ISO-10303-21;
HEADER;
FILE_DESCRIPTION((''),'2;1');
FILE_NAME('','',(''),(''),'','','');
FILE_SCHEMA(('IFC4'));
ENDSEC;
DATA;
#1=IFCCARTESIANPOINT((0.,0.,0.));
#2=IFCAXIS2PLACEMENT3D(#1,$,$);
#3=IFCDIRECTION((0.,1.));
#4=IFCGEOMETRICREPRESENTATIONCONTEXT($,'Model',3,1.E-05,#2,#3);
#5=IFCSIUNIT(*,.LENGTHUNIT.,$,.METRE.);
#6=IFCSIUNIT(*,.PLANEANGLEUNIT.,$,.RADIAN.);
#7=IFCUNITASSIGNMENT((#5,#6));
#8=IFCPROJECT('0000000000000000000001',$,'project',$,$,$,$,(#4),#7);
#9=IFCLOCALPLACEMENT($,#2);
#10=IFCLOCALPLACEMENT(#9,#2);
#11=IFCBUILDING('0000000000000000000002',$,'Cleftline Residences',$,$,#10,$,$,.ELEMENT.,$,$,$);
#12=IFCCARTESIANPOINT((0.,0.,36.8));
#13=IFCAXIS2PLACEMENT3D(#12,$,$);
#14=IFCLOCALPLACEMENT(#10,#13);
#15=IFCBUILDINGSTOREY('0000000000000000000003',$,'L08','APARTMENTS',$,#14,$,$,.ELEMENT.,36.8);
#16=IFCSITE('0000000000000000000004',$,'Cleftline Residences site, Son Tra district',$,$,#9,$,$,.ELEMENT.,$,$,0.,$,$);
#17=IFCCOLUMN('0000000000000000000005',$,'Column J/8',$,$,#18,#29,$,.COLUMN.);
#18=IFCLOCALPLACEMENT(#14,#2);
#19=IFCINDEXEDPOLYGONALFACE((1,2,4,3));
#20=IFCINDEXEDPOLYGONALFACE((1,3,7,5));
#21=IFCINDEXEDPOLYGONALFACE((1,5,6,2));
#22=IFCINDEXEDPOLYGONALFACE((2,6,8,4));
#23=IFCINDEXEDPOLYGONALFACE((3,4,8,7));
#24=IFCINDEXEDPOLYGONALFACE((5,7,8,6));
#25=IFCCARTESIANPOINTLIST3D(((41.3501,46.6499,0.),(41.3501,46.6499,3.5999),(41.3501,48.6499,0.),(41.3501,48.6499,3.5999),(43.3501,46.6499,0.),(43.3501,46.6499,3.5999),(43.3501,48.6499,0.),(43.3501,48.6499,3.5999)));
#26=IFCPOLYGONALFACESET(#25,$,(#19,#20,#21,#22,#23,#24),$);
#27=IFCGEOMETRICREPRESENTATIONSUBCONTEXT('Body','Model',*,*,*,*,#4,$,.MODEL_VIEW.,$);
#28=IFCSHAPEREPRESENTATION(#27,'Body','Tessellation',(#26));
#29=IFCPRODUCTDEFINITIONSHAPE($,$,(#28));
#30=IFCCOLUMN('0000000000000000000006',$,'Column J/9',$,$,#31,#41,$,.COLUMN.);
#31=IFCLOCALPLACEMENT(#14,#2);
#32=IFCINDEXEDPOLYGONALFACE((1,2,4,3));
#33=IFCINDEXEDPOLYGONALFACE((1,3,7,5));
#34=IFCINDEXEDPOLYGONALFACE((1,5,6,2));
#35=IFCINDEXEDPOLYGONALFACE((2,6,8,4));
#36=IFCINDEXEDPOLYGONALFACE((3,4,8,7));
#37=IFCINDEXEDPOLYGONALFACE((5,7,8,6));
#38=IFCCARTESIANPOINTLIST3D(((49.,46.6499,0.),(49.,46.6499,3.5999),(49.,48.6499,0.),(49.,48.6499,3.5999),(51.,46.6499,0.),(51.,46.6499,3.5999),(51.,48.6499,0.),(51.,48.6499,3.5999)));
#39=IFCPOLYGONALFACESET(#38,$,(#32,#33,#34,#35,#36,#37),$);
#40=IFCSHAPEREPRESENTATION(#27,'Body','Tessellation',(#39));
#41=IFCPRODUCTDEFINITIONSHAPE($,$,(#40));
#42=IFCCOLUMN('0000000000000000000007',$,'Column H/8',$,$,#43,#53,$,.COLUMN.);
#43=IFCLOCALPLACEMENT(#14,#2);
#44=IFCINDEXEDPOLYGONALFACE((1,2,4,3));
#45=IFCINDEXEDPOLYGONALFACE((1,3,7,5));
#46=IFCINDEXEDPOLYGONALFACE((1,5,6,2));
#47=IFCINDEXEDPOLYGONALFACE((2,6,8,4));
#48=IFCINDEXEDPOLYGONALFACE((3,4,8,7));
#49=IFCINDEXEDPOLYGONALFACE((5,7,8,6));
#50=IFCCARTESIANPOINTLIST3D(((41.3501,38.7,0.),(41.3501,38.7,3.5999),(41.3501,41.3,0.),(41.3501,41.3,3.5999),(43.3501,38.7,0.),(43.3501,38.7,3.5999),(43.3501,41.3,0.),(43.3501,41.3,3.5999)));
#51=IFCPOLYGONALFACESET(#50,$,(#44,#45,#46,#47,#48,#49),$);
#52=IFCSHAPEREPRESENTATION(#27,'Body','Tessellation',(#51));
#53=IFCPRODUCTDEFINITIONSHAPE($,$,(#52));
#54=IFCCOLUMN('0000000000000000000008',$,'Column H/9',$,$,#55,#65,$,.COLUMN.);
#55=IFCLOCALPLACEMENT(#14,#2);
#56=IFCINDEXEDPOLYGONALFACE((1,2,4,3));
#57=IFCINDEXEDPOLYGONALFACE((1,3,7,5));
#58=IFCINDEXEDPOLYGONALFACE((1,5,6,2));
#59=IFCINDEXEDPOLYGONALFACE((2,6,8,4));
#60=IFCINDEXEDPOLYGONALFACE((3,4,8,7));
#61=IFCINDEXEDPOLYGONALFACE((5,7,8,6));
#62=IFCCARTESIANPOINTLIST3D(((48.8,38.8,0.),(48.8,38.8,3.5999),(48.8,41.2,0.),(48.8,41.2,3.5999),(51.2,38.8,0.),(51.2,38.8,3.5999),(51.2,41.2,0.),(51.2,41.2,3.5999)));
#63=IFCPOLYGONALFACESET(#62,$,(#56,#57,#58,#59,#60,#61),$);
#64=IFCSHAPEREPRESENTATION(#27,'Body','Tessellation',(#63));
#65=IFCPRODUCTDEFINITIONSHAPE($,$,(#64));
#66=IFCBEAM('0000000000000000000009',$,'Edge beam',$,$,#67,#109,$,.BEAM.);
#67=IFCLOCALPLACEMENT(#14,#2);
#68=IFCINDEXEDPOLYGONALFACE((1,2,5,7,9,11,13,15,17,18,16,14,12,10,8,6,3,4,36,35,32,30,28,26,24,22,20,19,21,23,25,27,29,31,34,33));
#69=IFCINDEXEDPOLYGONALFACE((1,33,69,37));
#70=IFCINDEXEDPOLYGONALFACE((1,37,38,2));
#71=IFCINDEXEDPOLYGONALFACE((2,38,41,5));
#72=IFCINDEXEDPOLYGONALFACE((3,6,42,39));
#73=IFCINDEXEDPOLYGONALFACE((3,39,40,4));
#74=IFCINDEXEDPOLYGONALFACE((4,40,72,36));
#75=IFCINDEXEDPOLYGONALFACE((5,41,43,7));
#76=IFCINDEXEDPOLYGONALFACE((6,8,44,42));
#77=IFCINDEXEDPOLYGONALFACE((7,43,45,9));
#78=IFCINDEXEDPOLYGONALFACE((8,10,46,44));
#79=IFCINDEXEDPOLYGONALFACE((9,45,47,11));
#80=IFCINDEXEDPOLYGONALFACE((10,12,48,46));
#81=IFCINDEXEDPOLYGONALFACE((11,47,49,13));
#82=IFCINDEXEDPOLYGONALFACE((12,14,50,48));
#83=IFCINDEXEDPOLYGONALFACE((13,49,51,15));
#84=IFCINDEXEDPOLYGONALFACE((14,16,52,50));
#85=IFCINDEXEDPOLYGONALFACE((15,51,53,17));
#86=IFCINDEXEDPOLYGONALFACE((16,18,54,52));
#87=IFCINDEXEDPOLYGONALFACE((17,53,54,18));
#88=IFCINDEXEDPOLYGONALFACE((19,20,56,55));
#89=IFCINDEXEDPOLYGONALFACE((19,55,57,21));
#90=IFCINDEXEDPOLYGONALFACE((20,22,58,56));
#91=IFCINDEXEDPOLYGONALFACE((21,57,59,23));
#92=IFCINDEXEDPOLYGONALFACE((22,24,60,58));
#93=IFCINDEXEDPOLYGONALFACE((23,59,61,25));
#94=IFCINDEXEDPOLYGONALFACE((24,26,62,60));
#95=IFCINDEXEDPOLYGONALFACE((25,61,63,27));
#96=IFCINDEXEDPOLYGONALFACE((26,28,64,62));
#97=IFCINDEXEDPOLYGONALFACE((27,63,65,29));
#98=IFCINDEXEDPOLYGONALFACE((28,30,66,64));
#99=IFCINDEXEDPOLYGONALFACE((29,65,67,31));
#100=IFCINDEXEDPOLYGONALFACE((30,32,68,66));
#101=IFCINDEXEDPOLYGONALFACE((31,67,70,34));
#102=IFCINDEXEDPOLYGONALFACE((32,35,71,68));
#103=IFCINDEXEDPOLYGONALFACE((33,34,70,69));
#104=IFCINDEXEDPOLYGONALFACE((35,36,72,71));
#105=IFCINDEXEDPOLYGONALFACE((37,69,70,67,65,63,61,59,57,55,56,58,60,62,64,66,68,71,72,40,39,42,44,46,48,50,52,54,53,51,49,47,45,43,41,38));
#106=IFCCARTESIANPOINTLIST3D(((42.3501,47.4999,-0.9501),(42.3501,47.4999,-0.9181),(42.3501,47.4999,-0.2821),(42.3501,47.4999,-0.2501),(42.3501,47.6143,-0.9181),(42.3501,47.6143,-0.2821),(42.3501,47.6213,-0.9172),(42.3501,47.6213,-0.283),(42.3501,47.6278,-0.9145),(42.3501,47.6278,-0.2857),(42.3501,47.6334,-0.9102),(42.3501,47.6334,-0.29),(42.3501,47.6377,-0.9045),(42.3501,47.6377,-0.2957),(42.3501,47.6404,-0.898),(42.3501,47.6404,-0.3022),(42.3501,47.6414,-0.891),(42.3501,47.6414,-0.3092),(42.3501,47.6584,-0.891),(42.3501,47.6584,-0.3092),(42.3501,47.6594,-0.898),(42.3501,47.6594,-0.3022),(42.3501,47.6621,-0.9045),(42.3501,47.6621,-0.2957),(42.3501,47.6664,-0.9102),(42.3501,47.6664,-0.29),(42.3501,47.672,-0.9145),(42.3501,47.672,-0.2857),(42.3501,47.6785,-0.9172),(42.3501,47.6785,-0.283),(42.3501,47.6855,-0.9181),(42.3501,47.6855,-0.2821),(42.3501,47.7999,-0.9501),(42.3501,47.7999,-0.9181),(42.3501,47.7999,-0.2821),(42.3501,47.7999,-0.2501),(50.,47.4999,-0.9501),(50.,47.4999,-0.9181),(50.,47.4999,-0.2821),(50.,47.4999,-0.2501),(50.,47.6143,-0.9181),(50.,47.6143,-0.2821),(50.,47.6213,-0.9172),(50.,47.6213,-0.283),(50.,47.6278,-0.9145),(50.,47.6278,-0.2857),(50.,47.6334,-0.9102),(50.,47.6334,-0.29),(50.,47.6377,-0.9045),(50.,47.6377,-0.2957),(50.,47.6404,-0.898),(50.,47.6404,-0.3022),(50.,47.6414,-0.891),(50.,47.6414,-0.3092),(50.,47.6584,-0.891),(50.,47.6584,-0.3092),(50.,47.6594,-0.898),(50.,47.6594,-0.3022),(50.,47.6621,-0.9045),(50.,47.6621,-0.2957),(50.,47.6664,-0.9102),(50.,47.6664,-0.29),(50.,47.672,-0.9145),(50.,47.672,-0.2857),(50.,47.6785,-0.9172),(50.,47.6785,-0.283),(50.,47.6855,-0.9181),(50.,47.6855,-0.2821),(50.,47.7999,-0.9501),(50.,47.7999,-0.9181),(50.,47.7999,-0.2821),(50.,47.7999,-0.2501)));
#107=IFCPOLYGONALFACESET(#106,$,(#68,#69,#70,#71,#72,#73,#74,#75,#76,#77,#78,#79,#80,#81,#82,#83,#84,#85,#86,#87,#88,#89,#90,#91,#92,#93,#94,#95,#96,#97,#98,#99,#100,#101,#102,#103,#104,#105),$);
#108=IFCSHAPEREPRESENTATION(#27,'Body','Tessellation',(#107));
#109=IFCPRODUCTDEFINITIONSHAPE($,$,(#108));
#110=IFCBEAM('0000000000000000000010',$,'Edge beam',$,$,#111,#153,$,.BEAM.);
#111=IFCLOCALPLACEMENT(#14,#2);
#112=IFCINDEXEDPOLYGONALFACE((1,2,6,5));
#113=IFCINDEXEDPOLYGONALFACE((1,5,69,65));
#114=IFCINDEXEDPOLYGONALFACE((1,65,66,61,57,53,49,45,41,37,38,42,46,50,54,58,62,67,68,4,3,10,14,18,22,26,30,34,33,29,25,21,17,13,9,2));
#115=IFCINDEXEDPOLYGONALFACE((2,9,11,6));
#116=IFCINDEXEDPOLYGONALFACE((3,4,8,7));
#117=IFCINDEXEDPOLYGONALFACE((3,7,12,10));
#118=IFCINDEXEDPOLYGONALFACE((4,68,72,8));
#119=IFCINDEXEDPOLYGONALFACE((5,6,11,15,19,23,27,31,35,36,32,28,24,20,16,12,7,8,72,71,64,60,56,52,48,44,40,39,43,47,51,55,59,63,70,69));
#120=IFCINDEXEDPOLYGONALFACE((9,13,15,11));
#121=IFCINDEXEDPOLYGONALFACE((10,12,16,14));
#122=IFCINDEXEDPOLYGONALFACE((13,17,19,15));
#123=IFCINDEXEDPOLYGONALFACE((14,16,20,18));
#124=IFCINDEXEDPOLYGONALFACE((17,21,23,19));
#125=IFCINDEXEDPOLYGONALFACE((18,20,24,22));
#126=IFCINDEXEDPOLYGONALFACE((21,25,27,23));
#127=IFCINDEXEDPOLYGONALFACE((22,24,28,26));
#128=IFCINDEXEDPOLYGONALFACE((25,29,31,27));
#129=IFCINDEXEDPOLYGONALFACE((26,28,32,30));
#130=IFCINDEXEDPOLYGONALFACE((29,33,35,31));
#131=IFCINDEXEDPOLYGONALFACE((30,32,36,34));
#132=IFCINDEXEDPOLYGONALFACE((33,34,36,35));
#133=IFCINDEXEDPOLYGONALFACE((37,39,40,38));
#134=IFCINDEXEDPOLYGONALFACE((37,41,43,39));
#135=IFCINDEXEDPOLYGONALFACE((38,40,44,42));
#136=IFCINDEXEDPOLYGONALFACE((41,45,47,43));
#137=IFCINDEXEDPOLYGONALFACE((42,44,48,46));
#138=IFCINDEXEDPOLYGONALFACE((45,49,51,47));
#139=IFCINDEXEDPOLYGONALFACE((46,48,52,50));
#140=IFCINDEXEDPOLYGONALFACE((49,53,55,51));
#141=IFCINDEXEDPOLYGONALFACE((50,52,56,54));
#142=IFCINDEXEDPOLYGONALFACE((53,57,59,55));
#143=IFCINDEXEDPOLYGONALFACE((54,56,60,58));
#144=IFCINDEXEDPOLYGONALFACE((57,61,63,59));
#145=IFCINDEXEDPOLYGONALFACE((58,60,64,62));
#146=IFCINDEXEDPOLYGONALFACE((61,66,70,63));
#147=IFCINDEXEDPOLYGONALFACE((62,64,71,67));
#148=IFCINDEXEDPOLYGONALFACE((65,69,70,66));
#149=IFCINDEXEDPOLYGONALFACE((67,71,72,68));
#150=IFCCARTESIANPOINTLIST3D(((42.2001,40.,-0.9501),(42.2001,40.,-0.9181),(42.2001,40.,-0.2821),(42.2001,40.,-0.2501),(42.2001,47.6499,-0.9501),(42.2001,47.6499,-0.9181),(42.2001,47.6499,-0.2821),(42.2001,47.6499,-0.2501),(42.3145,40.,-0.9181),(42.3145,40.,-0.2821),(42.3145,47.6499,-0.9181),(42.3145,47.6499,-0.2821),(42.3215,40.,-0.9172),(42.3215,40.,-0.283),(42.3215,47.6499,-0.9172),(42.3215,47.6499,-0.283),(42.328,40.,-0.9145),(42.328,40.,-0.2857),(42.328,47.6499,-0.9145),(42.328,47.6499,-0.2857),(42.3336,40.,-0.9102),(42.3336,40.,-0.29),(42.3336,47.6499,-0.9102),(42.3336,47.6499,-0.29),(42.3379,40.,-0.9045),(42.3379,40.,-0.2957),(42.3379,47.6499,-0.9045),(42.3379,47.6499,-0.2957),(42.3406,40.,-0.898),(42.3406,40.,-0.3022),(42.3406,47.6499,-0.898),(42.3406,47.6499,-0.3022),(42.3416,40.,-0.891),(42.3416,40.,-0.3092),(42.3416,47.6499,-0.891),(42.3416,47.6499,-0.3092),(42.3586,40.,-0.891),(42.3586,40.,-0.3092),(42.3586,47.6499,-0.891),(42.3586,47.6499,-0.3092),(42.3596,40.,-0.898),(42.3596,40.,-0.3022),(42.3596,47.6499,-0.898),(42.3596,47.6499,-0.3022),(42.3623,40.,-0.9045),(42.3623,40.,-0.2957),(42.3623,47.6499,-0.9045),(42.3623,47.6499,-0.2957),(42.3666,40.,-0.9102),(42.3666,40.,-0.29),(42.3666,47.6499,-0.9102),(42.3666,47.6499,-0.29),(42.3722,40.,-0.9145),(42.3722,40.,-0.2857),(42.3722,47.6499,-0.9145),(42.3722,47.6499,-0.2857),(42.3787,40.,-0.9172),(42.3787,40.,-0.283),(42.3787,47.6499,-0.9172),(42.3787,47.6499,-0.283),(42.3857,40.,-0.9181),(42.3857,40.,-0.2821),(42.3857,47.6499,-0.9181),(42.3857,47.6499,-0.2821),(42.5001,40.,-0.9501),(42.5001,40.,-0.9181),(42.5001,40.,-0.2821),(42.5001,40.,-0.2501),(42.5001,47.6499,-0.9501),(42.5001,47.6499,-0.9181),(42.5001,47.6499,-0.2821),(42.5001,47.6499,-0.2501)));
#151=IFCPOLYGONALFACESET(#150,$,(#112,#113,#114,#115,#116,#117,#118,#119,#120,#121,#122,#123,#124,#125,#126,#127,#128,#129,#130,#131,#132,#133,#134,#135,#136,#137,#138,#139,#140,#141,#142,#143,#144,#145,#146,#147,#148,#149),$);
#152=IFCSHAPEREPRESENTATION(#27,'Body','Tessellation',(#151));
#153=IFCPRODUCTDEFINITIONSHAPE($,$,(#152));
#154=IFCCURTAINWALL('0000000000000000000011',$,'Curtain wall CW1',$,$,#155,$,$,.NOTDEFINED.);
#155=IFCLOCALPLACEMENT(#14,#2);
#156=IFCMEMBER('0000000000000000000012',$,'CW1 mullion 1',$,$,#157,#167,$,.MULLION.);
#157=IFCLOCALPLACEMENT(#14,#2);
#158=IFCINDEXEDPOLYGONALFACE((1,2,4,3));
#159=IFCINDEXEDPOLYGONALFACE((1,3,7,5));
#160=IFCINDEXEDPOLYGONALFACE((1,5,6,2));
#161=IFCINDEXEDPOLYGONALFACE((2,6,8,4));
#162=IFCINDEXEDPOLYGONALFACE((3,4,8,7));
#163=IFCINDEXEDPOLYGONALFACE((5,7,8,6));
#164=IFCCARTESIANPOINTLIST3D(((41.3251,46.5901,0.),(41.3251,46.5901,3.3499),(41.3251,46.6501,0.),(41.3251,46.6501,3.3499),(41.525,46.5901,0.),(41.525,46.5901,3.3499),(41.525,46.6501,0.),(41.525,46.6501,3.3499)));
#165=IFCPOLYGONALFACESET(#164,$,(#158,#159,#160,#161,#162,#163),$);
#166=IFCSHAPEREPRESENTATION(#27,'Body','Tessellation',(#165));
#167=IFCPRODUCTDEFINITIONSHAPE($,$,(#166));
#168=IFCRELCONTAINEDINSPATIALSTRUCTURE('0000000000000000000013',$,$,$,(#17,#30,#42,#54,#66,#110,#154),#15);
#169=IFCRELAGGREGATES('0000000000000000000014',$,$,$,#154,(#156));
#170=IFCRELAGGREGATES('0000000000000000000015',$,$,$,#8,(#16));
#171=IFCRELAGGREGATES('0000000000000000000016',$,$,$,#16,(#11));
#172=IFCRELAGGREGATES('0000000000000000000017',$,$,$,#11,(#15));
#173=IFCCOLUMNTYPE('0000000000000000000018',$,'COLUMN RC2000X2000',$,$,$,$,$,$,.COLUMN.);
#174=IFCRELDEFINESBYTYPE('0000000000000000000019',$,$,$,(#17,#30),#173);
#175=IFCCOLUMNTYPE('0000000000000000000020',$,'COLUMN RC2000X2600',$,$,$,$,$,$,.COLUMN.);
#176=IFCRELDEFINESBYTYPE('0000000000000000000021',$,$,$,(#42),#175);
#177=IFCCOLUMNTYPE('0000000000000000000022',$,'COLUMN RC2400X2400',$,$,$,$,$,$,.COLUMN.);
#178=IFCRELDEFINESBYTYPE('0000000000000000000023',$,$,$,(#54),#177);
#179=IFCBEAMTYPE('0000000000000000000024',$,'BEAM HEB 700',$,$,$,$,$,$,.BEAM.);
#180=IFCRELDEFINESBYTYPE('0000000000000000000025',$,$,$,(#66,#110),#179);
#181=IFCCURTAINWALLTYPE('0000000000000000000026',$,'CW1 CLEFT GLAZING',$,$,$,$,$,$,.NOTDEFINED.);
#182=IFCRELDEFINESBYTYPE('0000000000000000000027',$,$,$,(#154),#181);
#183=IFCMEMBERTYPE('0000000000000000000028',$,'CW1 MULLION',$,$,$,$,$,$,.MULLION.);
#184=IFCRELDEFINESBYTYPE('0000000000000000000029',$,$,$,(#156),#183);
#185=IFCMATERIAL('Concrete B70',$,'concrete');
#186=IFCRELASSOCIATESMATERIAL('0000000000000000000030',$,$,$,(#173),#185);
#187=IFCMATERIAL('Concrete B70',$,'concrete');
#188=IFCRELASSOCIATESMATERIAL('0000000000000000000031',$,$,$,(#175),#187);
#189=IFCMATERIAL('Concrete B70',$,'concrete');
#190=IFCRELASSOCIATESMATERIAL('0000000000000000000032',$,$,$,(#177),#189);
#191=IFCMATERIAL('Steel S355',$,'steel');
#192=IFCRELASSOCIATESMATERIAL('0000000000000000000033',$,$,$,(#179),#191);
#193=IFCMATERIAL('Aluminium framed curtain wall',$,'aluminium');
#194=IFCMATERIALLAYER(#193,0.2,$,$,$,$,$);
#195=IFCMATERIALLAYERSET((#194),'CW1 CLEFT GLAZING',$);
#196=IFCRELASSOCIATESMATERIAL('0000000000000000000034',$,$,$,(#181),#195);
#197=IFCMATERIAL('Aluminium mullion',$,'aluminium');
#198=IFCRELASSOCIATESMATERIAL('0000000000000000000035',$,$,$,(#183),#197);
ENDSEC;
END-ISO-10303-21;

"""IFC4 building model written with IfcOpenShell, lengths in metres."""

from ifc_helpers import new_model, si_unit, direction, frame, origin, origin_2d, place, context, subcontext, project, spatial, rectangle, i_section, extrude, material, layer, layer_set, material_profile, profile_set, type_object, element, aggregate, save


model = new_model("IFC4")

# Units and contexts
model_context = context("Model", 3, precision=1e-05, world=origin(), true_north=direction((0.0, 1.0)))
body_context = subcontext(model_context, "Body", "Model", "MODEL_VIEW")
ifc_project = project(units=[si_unit("LENGTHUNIT", "METRE"), si_unit("PLANEANGLEUNIT", "RADIAN")], contexts=[model_context])

# Site, building, storey
site_placement = place(None, origin())
site = spatial("IfcSite", under=ifc_project, at=site_placement, Name="Cleftline Residences site, Son Tra district", CompositionType="ELEMENT", RefElevation=0.0)
building_placement = place(site_placement, origin())
building = spatial("IfcBuilding", under=site, at=building_placement, Name="Cleftline Residences", CompositionType="ELEMENT")
storey_placement = place(building_placement, frame((0.0, 0.0, 36.8)))
storey = spatial("IfcBuildingStorey", under=building, at=storey_placement, Name="L08", Description="APARTMENTS", CompositionType="ELEMENT", Elevation=36.8)

# Columns
ifc_material_1 = material(Name="Concrete B70", Category="concrete")
ifc_material_profile_1 = material_profile(ifc_material_1, rectangle(XDim=2.0, YDim=2.0, at=origin_2d()))
ifc_profile_set_1 = profile_set([ifc_material_profile_1], Name="Concrete B70")
column_type_1 = type_object("IfcColumnType", Name="COLUMN RC2000X2000", PredefinedType="COLUMN", material=ifc_profile_set_1)
for number, where, z_axis, x_axis, name in (
    (1, (42.3501, 47.6499, 0.0), (0.0, 0.0, 1.0), (1.0, 0.0, 0.0), "Column J/8"),
    (2, (50.0, 47.6499, 0.0), (0.0, 0.0, 1.0), (1.0, 0.0, 0.0), "Column J/9"),
):
    element("IfcColumn", number, at=place(storey_placement, frame(where, z_axis=z_axis, x_axis=x_axis)), inside=storey, type_object=column_type_1, Name=name, PredefinedType="COLUMN", context=body_context, shape_type="SweptSolid", body=[
        extrude(rectangle(XDim=2.0, YDim=2.0, at=origin_2d()), origin(), (0.0, 0.0, 1.0), 3.5999),
    ])
ifc_material_2 = material(Name="Concrete B70", Category="concrete")
ifc_material_profile_2 = material_profile(ifc_material_2, rectangle(XDim=2.0, YDim=2.6001, at=origin_2d()))
ifc_profile_set_2 = profile_set([ifc_material_profile_2], Name="Concrete B70")
column_type_2 = type_object("IfcColumnType", Name="COLUMN RC2000X2600", PredefinedType="COLUMN", material=ifc_profile_set_2)
column_1_placement = place(storey_placement, frame((42.3501, 40.0, 0.0), z_axis=(0.0, 0.0, 1.0), x_axis=(1.0, 0.0, 0.0)))
element("IfcColumn", 3, at=column_1_placement, inside=storey, type_object=column_type_2, Name="Column H/8", PredefinedType="COLUMN", context=body_context, shape_type="SweptSolid", body=[
    extrude(rectangle(XDim=2.0, YDim=2.6001, at=origin_2d()), origin(), (0.0, 0.0, 1.0), 3.5999),
])
ifc_material_3 = material(Name="Concrete B70", Category="concrete")
ifc_material_profile_3 = material_profile(ifc_material_3, rectangle(XDim=2.3999, YDim=2.3999, at=origin_2d()))
ifc_profile_set_3 = profile_set([ifc_material_profile_3], Name="Concrete B70")
column_type_3 = type_object("IfcColumnType", Name="COLUMN RC2400X2400", PredefinedType="COLUMN", material=ifc_profile_set_3)
column_2_placement = place(storey_placement, frame((50.0, 40.0, 0.0), z_axis=(0.0, 0.0, 1.0), x_axis=(1.0, 0.0, 0.0)))
element("IfcColumn", 4, at=column_2_placement, inside=storey, type_object=column_type_3, Name="Column H/9", PredefinedType="COLUMN", context=body_context, shape_type="SweptSolid", body=[
    extrude(rectangle(XDim=2.3999, YDim=2.3999, at=origin_2d()), origin(), (0.0, 0.0, 1.0), 3.5999),
])

# Beams
ifc_material_4 = material(Name="Steel S355", Category="steel")
ifc_material_profile_4 = material_profile(ifc_material_4, i_section(OverallWidth=0.3, OverallDepth=0.7, WebThickness=0.0171, FlangeThickness=0.032, FilletRadius=0.0271, at=origin_2d()))
ifc_profile_set_4 = profile_set([ifc_material_profile_4], Name="Steel S355")
beam_type = type_object("IfcBeamType", Name="BEAM HEB 700", PredefinedType="BEAM", material=ifc_profile_set_4)
for number, where, z_axis, x_axis, name in (
    (5, (50.0, 47.6499, -0.6001), (-1.0, 0.0, 0.0), (0.0, -1.0, 0.0), "Edge beam"),
    (6, (42.3501, 47.6499, -0.6001), (0.0, -1.0, 0.0), (1.0, 0.0, 0.0), "Edge beam"),
):
    element("IfcBeam", number, at=place(storey_placement, frame(where, z_axis=z_axis, x_axis=x_axis)), inside=storey, type_object=beam_type, Name=name, PredefinedType="BEAM", context=body_context, shape_type="SweptSolid", body=[
        extrude(i_section(OverallWidth=0.3, OverallDepth=0.7, WebThickness=0.0171, FlangeThickness=0.032, FilletRadius=0.0271, at=origin_2d()), origin(), (0.0, 0.0, 1.0), 7.6499),
    ])

# Curtain wall, member
ifc_material_5 = material(Name="Aluminium framed curtain wall", Category="aluminium")
ifc_layer_1 = layer(ifc_material_5, 0.2)
ifc_layer_set_1 = layer_set([ifc_layer_1], Name="CW1 CLEFT GLAZING")
curtain_wall_type = type_object("IfcCurtainWallType", Name="CW1 CLEFT GLAZING", PredefinedType="NOTDEFINED", material=ifc_layer_set_1)
curtain_wall_placement = place(storey_placement, origin())
curtain_wall = element("IfcCurtainWall", 7, at=curtain_wall_placement, inside=storey, type_object=curtain_wall_type, Name="Curtain wall CW1", PredefinedType="NOTDEFINED")
ifc_material_6 = material(Name="Aluminium mullion", Category="aluminium")
ifc_material_profile_5 = material_profile(ifc_material_6, rectangle(XDim=0.2, YDim=0.0601, at=origin_2d()))
ifc_profile_set_5 = profile_set([ifc_material_profile_5], Name="Aluminium mullion")
member_type = type_object("IfcMemberType", Name="CW1 MULLION", PredefinedType="MULLION", material=ifc_profile_set_5)
member_placement = place(storey_placement, frame((41.425, 46.6201, 0.0), z_axis=(0.0, 0.0, 1.0), x_axis=(1.0, 0.0, 0.0)))
member = element("IfcMember", 8, at=member_placement, type_object=member_type, Name="CW1 mullion 1", PredefinedType="MULLION", context=body_context, shape_type="SweptSolid", body=[
    extrude(rectangle(XDim=0.2, YDim=0.0601, at=origin_2d()), origin(), (0.0, 0.0, 1.0), 3.3499),
])
aggregate(curtain_wall, [member])

save(model, "model.ifc")
